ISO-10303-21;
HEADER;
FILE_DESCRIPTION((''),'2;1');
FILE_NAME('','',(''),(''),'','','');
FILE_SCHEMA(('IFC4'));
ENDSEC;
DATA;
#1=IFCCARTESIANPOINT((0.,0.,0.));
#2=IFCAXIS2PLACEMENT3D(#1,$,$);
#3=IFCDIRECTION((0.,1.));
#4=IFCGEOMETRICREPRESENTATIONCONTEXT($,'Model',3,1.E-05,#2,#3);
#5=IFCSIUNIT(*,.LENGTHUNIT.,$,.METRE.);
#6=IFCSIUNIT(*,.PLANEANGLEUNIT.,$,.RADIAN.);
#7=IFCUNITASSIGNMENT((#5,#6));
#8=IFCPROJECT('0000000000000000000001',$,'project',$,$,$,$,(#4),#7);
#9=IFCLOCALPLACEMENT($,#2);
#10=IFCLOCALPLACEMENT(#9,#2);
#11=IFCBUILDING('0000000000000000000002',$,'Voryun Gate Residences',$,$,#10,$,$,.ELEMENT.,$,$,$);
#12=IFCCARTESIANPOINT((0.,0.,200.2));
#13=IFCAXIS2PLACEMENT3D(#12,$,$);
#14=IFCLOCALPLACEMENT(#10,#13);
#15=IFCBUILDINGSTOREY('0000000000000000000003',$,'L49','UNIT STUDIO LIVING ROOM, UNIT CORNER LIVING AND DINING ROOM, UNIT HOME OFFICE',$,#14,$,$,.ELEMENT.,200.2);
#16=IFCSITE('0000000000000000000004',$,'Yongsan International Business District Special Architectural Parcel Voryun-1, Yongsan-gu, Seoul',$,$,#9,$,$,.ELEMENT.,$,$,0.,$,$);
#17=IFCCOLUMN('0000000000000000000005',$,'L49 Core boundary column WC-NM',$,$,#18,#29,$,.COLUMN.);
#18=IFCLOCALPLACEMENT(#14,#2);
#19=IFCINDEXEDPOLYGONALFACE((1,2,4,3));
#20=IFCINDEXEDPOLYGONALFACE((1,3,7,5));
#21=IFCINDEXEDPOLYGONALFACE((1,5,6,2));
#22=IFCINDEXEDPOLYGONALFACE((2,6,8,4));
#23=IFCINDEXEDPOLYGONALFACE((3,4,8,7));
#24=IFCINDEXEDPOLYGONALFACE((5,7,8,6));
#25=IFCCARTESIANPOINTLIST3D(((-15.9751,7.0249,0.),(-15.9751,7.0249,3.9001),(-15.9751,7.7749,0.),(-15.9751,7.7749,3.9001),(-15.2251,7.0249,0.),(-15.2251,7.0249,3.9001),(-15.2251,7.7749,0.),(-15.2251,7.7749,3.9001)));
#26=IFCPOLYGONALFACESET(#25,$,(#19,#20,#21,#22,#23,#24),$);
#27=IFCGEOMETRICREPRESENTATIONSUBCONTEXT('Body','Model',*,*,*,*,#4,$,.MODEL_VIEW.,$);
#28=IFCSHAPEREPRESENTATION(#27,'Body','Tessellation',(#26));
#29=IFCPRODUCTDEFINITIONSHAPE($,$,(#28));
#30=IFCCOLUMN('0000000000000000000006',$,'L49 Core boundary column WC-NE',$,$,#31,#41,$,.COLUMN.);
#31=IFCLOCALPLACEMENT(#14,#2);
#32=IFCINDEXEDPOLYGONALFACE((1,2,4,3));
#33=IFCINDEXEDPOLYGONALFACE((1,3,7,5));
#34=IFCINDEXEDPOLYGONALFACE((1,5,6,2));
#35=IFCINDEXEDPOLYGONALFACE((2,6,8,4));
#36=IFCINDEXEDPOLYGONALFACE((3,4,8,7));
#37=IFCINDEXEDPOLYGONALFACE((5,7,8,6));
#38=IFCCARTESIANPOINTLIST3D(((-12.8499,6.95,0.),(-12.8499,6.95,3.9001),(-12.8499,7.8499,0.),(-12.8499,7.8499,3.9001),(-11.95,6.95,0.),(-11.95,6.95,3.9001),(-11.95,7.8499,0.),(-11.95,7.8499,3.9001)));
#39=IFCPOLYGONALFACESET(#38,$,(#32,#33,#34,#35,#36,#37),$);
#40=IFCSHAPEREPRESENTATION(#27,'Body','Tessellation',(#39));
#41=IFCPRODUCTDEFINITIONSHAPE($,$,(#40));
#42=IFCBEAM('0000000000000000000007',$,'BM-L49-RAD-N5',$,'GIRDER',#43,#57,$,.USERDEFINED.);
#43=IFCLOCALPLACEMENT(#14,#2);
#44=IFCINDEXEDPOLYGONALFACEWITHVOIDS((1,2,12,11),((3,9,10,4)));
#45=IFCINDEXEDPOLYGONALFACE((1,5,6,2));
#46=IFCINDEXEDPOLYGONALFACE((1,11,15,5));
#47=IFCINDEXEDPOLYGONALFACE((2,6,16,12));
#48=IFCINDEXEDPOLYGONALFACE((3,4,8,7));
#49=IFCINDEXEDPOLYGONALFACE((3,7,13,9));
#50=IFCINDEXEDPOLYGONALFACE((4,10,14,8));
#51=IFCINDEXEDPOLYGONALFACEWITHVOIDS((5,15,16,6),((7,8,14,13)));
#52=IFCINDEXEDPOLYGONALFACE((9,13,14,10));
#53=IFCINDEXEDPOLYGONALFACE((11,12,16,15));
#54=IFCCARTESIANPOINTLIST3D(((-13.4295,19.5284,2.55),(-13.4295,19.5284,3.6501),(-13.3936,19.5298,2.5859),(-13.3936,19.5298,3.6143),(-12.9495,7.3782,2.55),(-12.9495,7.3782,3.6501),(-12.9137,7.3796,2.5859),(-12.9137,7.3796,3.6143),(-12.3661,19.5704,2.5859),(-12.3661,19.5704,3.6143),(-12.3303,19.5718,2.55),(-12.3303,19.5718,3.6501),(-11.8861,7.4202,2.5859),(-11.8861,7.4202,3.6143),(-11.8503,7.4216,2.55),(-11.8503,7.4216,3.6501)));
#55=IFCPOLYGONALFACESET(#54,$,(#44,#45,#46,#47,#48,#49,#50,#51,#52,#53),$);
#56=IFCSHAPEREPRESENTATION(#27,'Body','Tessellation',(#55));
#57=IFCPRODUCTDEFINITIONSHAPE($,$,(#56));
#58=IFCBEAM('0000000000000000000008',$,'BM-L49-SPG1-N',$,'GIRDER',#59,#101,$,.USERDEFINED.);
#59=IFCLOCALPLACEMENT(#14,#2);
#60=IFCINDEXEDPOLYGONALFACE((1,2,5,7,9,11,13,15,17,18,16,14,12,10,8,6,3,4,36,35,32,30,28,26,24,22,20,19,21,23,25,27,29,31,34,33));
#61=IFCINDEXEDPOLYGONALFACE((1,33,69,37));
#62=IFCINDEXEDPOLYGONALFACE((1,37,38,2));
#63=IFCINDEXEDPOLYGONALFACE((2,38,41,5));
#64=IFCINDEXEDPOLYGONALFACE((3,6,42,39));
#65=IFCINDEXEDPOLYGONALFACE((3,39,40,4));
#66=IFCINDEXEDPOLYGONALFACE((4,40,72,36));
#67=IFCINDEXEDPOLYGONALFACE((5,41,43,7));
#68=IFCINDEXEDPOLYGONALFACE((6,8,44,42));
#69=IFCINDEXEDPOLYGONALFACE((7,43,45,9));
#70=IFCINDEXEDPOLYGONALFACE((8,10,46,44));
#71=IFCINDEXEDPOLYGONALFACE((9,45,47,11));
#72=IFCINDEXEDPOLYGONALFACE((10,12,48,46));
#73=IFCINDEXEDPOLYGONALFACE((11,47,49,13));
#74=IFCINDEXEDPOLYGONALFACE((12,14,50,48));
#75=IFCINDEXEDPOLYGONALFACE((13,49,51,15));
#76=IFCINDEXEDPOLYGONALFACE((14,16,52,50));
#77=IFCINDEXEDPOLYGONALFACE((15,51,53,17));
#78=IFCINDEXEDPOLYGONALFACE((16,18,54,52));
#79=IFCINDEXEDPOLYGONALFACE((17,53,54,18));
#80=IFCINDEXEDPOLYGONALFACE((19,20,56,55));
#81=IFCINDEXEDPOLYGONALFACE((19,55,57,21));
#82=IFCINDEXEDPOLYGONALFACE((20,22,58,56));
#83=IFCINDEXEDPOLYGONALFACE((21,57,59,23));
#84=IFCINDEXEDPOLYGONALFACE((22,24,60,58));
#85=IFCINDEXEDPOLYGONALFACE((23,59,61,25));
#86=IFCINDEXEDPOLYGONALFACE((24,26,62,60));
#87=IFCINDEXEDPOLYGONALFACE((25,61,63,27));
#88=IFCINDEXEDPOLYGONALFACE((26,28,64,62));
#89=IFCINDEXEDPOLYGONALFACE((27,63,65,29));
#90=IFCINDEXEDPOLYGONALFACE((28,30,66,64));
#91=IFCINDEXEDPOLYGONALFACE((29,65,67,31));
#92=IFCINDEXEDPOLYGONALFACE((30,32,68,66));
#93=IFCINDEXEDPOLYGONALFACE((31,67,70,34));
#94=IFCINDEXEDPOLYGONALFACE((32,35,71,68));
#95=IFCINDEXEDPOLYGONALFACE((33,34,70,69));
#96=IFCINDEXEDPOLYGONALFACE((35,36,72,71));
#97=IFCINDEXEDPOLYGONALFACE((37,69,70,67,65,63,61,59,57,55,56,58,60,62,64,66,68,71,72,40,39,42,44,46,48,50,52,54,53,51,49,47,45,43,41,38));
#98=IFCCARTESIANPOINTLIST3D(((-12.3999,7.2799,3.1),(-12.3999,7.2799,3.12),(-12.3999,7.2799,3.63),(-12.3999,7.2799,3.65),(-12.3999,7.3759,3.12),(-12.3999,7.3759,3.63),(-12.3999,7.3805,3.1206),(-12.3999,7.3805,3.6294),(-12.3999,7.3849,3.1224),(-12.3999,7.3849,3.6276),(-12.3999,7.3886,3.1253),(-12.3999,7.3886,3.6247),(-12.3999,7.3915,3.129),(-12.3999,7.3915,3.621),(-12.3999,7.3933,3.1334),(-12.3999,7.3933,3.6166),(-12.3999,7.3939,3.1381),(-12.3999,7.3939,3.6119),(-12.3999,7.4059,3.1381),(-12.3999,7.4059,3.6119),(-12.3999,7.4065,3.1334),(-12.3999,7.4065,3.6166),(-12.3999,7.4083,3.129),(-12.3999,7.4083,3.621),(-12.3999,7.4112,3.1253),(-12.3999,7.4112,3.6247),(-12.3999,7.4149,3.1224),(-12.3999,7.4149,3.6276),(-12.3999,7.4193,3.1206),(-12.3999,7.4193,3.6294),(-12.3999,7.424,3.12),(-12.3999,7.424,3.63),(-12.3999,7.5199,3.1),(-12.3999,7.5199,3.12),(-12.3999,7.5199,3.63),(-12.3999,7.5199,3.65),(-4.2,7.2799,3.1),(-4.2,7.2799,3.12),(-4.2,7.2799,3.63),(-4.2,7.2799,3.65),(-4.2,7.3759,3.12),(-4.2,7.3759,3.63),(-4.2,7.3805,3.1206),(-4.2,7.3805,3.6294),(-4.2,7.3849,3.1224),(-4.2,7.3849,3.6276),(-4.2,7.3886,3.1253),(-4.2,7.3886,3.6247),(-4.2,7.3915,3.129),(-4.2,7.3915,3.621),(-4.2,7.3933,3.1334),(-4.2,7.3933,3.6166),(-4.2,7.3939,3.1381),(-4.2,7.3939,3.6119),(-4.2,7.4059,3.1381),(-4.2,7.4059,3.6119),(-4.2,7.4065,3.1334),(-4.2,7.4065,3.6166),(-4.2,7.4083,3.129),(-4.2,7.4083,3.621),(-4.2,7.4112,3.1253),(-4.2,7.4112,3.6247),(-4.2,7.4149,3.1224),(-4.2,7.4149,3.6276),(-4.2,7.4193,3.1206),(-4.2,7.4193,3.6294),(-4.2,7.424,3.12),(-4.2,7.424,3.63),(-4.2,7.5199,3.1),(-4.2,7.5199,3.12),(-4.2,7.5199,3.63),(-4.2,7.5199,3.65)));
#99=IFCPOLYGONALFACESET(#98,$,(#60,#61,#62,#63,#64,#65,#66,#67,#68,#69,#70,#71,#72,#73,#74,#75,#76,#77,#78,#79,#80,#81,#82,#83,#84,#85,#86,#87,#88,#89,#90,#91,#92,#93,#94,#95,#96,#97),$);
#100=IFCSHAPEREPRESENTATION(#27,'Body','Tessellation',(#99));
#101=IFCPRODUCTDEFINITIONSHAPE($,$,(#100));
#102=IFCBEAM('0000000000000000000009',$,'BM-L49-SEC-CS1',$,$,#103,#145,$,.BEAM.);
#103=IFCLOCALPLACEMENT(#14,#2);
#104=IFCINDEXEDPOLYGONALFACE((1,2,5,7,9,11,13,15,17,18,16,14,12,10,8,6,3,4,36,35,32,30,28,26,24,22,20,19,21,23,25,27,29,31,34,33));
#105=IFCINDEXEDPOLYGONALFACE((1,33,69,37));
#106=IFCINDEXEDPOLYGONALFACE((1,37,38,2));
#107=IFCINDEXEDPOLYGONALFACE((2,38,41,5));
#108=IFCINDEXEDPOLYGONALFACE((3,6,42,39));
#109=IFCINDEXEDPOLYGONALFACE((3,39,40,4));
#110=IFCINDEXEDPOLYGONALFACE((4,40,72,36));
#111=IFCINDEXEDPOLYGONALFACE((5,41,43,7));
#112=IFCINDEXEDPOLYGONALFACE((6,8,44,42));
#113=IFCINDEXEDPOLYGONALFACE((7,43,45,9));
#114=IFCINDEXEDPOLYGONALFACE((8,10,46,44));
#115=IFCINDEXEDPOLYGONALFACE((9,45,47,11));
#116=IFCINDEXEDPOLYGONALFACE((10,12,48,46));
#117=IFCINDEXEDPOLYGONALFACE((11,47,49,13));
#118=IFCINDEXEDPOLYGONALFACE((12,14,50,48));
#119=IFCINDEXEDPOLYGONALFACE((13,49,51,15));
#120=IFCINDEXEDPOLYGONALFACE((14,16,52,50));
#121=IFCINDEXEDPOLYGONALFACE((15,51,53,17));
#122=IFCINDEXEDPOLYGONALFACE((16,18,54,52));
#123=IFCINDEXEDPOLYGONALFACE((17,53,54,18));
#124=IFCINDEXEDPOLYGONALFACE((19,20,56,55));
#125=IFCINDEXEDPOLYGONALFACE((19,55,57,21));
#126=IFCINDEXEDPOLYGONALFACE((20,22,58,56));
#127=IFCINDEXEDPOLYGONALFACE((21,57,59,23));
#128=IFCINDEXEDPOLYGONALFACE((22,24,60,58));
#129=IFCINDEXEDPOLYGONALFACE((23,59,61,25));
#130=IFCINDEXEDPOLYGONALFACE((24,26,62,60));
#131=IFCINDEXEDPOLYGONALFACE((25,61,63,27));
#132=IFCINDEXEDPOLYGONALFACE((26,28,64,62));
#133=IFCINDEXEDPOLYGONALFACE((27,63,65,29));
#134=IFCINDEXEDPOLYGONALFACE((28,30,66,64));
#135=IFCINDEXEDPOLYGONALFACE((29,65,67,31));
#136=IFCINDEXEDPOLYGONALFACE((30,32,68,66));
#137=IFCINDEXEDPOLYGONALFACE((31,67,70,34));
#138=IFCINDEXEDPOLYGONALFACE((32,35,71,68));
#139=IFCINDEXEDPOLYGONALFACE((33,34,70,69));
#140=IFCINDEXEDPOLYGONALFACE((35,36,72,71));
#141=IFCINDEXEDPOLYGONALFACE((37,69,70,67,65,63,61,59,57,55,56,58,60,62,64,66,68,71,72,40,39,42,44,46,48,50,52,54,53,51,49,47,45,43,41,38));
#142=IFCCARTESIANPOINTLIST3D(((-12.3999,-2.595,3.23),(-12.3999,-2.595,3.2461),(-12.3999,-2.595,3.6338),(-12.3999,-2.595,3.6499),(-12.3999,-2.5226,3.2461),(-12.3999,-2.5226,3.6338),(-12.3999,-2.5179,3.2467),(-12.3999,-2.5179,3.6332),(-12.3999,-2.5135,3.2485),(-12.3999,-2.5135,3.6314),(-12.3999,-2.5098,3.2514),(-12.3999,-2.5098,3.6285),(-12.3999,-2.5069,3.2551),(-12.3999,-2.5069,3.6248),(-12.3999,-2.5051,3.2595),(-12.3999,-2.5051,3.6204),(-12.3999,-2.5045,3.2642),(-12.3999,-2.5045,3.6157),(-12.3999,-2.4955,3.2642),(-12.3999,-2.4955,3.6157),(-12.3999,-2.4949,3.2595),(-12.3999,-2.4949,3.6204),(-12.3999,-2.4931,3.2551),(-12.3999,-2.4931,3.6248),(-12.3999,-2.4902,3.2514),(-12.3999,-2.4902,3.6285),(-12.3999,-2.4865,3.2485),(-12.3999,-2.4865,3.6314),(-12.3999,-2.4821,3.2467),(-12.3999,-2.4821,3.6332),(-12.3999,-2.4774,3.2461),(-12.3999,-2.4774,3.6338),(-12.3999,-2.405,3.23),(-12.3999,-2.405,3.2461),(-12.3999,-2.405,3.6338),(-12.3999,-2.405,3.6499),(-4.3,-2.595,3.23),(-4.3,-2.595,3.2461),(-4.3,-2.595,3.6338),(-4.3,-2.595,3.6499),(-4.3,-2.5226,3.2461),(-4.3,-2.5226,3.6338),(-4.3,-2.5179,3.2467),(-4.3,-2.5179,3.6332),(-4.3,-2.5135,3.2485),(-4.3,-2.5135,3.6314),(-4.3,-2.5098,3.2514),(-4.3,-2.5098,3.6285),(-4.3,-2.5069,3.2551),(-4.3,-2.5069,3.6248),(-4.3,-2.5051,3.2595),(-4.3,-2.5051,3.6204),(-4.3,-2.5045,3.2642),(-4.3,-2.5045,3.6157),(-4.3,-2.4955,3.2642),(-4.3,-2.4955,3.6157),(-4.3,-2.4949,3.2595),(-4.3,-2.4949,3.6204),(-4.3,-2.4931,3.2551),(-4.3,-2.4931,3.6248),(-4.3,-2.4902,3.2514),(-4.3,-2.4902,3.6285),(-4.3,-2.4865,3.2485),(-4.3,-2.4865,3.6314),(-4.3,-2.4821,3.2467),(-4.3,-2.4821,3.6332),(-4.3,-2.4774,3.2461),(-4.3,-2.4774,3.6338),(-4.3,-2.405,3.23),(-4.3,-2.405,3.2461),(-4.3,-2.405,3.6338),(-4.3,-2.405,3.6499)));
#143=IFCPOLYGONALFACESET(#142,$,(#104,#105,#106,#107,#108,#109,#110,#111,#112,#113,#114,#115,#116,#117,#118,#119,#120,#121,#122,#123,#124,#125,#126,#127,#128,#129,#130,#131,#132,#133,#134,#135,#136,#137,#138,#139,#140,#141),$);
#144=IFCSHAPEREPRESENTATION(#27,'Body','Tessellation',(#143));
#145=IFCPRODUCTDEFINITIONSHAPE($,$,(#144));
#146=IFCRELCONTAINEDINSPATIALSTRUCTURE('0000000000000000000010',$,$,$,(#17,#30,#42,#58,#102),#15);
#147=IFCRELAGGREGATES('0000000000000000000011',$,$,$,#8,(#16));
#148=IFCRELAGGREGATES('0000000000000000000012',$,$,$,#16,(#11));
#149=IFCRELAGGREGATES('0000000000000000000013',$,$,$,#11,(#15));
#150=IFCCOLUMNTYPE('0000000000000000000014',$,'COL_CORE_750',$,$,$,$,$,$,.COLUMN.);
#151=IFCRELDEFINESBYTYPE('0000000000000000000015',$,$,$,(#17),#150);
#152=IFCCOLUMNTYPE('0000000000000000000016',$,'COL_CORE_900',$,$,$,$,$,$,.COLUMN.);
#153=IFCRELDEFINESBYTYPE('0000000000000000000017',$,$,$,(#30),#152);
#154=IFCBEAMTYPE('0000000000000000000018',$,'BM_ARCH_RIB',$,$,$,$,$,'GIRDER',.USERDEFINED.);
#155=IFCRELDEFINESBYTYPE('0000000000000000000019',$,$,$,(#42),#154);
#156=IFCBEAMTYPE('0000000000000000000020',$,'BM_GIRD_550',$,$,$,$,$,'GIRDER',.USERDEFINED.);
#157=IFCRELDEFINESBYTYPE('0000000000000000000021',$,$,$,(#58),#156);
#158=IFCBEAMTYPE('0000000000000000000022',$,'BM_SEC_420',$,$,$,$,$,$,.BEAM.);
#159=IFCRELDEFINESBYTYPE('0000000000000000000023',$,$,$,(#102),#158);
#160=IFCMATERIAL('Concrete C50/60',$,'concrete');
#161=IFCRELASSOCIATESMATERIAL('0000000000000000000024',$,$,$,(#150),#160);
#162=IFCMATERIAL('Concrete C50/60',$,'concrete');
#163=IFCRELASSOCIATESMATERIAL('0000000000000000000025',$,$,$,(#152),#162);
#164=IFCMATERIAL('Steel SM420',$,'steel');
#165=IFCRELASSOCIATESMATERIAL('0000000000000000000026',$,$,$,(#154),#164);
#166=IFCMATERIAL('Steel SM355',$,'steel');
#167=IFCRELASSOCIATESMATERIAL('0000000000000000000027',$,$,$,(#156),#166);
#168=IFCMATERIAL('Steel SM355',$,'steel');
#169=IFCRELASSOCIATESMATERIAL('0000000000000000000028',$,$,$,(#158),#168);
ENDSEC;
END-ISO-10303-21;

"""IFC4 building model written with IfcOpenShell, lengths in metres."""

from ifc_helpers import new_model, si_unit, direction, frame, origin, origin_2d, place, context, subcontext, project, spatial, rectangle, hollow_rectangle, i_section, extrude, material, material_profile, profile_set, type_object, element, save


model = new_model("IFC4")

# Units and contexts
model_context = context("Model", 3, precision=1e-05, world=origin(), true_north=direction((0.0, 1.0)))
body_context = subcontext(model_context, "Body", "Model", "MODEL_VIEW")
ifc_project = project(units=[si_unit("LENGTHUNIT", "METRE"), si_unit("PLANEANGLEUNIT", "RADIAN")], contexts=[model_context])

# Site, building, storey
site_placement = place(None, origin())
site = spatial("IfcSite", under=ifc_project, at=site_placement, Name="Yongsan International Business District Special Architectural Parcel Voryun-1, Yongsan-gu, Seoul", CompositionType="ELEMENT", RefElevation=0.0)
building_placement = place(site_placement, origin())
building = spatial("IfcBuilding", under=site, at=building_placement, Name="Voryun Gate Residences", CompositionType="ELEMENT")
storey_placement = place(building_placement, frame((0.0, 0.0, 200.2)))
storey = spatial("IfcBuildingStorey", under=building, at=storey_placement, Name="L49", Description="UNIT STUDIO LIVING ROOM, UNIT CORNER LIVING AND DINING ROOM, UNIT HOME OFFICE", CompositionType="ELEMENT", Elevation=200.2)

# Columns
ifc_material_1 = material(Name="Concrete C50/60", Category="concrete")
ifc_material_profile_1 = material_profile(ifc_material_1, rectangle(XDim=0.75, YDim=0.75, at=origin_2d()), Name="RC-750x750")
ifc_profile_set_1 = profile_set([ifc_material_profile_1], Name="Concrete C50/60")
column_type_1 = type_object("IfcColumnType", Name="COL_CORE_750", PredefinedType="COLUMN", material=ifc_profile_set_1)
column_1_placement = place(storey_placement, frame((-15.6001, 7.3999, 0.0), z_axis=(0.0, 0.0, 1.0), x_axis=(1.0, 0.0, 0.0)))
element("IfcColumn", 1, at=column_1_placement, inside=storey, type_object=column_type_1, Name="L49 Core boundary column WC-NM", PredefinedType="COLUMN", context=body_context, shape_type="SweptSolid", body=[
    extrude(rectangle(XDim=0.75, YDim=0.75, at=origin_2d()), origin(), (0.0, 0.0, 1.0), 3.9001),
])
ifc_material_2 = material(Name="Concrete C50/60", Category="concrete")
ifc_material_profile_2 = material_profile(ifc_material_2, rectangle(XDim=0.8999, YDim=0.8999, at=origin_2d()), Name="RC-900x900")
ifc_profile_set_2 = profile_set([ifc_material_profile_2], Name="Concrete C50/60")
column_type_2 = type_object("IfcColumnType", Name="COL_CORE_900", PredefinedType="COLUMN", material=ifc_profile_set_2)
column_2_placement = place(storey_placement, frame((-12.3999, 7.3999, 0.0), z_axis=(0.0, 0.0, 1.0), x_axis=(1.0, 0.0, 0.0)))
element("IfcColumn", 2, at=column_2_placement, inside=storey, type_object=column_type_2, Name="L49 Core boundary column WC-NE", PredefinedType="COLUMN", context=body_context, shape_type="SweptSolid", body=[
    extrude(rectangle(XDim=0.8999, YDim=0.8999, at=origin_2d()), origin(), (0.0, 0.0, 1.0), 3.9001),
])

# Beams
ifc_material_3 = material(Name="Steel SM420", Category="steel")
ifc_material_profile_3 = material_profile(ifc_material_3, hollow_rectangle(XDim=1.1001, YDim=1.1001, WallThickness=0.0359, at=origin_2d()), Name="BOX-1100x1100x36")
ifc_profile_set_3 = profile_set([ifc_material_profile_3], Name="Steel SM420")
beam_type_1 = type_object("IfcBeamType", Name="BM_ARCH_RIB", ElementType="GIRDER", PredefinedType="USERDEFINED", material=ifc_profile_set_3)
beam_1_placement = place(storey_placement, frame((-12.3999, 7.3999, 3.1001), z_axis=(-0.039473, 0.999221, 0.0), x_axis=(-0.999221, -0.039473, 0.0)))
element("IfcBeam", 3, at=beam_1_placement, inside=storey, type_object=beam_type_1, Name="BM-L49-RAD-N5", ObjectType="GIRDER", PredefinedType="USERDEFINED", context=body_context, shape_type="SweptSolid", body=[
    extrude(hollow_rectangle(XDim=1.1001, YDim=1.1001, WallThickness=0.0359, at=origin_2d()), origin(), (0.0, 0.0, 1.0), 12.1597),
])
ifc_material_4 = material(Name="Steel SM355", Category="steel")
ifc_material_profile_4 = material_profile(ifc_material_4, i_section(OverallWidth=0.24, OverallDepth=0.55, WebThickness=0.012, FlangeThickness=0.02, FilletRadius=0.0181, at=origin_2d()), Name="H-550x240x12x20")
ifc_profile_set_4 = profile_set([ifc_material_profile_4], Name="Steel SM355")
beam_type_2 = type_object("IfcBeamType", Name="BM_GIRD_550", ElementType="GIRDER", PredefinedType="USERDEFINED", material=ifc_profile_set_4)
beam_2_placement = place(storey_placement, frame((-12.3999, 7.3999, 3.375), z_axis=(1.0, 0.0, 0.0), x_axis=(0.0, 1.0, 0.0)))
element("IfcBeam", 4, at=beam_2_placement, inside=storey, type_object=beam_type_2, Name="BM-L49-SPG1-N", ObjectType="GIRDER", PredefinedType="USERDEFINED", context=body_context, shape_type="SweptSolid", body=[
    extrude(i_section(OverallWidth=0.24, OverallDepth=0.55, WebThickness=0.012, FlangeThickness=0.02, FilletRadius=0.0181, at=origin_2d()), origin(), (0.0, 0.0, 1.0), 8.2),
])
ifc_material_5 = material(Name="Steel SM355", Category="steel")
ifc_material_profile_5 = material_profile(ifc_material_5, i_section(OverallWidth=0.1899, OverallDepth=0.4199, WebThickness=0.009, FlangeThickness=0.0161, FilletRadius=0.0181, at=origin_2d()), Name="H-420x190x9x16")
ifc_profile_set_5 = profile_set([ifc_material_profile_5], Name="Steel SM355")
beam_type_3 = type_object("IfcBeamType", Name="BM_SEC_420", PredefinedType="BEAM", material=ifc_profile_set_5)
beam_3_placement = place(storey_placement, frame((-12.3999, -2.5, 3.4399), z_axis=(1.0, 0.0, 0.0), x_axis=(0.0, 1.0, 0.0)))
element("IfcBeam", 5, at=beam_3_placement, inside=storey, type_object=beam_type_3, Name="BM-L49-SEC-CS1", PredefinedType="BEAM", context=body_context, shape_type="SweptSolid", body=[
    extrude(i_section(OverallWidth=0.1899, OverallDepth=0.4199, WebThickness=0.009, FlangeThickness=0.0161, FilletRadius=0.0181, at=origin_2d()), origin(), (0.0, 0.0, 1.0), 8.0999),
])

save(model, "model.ifc")
